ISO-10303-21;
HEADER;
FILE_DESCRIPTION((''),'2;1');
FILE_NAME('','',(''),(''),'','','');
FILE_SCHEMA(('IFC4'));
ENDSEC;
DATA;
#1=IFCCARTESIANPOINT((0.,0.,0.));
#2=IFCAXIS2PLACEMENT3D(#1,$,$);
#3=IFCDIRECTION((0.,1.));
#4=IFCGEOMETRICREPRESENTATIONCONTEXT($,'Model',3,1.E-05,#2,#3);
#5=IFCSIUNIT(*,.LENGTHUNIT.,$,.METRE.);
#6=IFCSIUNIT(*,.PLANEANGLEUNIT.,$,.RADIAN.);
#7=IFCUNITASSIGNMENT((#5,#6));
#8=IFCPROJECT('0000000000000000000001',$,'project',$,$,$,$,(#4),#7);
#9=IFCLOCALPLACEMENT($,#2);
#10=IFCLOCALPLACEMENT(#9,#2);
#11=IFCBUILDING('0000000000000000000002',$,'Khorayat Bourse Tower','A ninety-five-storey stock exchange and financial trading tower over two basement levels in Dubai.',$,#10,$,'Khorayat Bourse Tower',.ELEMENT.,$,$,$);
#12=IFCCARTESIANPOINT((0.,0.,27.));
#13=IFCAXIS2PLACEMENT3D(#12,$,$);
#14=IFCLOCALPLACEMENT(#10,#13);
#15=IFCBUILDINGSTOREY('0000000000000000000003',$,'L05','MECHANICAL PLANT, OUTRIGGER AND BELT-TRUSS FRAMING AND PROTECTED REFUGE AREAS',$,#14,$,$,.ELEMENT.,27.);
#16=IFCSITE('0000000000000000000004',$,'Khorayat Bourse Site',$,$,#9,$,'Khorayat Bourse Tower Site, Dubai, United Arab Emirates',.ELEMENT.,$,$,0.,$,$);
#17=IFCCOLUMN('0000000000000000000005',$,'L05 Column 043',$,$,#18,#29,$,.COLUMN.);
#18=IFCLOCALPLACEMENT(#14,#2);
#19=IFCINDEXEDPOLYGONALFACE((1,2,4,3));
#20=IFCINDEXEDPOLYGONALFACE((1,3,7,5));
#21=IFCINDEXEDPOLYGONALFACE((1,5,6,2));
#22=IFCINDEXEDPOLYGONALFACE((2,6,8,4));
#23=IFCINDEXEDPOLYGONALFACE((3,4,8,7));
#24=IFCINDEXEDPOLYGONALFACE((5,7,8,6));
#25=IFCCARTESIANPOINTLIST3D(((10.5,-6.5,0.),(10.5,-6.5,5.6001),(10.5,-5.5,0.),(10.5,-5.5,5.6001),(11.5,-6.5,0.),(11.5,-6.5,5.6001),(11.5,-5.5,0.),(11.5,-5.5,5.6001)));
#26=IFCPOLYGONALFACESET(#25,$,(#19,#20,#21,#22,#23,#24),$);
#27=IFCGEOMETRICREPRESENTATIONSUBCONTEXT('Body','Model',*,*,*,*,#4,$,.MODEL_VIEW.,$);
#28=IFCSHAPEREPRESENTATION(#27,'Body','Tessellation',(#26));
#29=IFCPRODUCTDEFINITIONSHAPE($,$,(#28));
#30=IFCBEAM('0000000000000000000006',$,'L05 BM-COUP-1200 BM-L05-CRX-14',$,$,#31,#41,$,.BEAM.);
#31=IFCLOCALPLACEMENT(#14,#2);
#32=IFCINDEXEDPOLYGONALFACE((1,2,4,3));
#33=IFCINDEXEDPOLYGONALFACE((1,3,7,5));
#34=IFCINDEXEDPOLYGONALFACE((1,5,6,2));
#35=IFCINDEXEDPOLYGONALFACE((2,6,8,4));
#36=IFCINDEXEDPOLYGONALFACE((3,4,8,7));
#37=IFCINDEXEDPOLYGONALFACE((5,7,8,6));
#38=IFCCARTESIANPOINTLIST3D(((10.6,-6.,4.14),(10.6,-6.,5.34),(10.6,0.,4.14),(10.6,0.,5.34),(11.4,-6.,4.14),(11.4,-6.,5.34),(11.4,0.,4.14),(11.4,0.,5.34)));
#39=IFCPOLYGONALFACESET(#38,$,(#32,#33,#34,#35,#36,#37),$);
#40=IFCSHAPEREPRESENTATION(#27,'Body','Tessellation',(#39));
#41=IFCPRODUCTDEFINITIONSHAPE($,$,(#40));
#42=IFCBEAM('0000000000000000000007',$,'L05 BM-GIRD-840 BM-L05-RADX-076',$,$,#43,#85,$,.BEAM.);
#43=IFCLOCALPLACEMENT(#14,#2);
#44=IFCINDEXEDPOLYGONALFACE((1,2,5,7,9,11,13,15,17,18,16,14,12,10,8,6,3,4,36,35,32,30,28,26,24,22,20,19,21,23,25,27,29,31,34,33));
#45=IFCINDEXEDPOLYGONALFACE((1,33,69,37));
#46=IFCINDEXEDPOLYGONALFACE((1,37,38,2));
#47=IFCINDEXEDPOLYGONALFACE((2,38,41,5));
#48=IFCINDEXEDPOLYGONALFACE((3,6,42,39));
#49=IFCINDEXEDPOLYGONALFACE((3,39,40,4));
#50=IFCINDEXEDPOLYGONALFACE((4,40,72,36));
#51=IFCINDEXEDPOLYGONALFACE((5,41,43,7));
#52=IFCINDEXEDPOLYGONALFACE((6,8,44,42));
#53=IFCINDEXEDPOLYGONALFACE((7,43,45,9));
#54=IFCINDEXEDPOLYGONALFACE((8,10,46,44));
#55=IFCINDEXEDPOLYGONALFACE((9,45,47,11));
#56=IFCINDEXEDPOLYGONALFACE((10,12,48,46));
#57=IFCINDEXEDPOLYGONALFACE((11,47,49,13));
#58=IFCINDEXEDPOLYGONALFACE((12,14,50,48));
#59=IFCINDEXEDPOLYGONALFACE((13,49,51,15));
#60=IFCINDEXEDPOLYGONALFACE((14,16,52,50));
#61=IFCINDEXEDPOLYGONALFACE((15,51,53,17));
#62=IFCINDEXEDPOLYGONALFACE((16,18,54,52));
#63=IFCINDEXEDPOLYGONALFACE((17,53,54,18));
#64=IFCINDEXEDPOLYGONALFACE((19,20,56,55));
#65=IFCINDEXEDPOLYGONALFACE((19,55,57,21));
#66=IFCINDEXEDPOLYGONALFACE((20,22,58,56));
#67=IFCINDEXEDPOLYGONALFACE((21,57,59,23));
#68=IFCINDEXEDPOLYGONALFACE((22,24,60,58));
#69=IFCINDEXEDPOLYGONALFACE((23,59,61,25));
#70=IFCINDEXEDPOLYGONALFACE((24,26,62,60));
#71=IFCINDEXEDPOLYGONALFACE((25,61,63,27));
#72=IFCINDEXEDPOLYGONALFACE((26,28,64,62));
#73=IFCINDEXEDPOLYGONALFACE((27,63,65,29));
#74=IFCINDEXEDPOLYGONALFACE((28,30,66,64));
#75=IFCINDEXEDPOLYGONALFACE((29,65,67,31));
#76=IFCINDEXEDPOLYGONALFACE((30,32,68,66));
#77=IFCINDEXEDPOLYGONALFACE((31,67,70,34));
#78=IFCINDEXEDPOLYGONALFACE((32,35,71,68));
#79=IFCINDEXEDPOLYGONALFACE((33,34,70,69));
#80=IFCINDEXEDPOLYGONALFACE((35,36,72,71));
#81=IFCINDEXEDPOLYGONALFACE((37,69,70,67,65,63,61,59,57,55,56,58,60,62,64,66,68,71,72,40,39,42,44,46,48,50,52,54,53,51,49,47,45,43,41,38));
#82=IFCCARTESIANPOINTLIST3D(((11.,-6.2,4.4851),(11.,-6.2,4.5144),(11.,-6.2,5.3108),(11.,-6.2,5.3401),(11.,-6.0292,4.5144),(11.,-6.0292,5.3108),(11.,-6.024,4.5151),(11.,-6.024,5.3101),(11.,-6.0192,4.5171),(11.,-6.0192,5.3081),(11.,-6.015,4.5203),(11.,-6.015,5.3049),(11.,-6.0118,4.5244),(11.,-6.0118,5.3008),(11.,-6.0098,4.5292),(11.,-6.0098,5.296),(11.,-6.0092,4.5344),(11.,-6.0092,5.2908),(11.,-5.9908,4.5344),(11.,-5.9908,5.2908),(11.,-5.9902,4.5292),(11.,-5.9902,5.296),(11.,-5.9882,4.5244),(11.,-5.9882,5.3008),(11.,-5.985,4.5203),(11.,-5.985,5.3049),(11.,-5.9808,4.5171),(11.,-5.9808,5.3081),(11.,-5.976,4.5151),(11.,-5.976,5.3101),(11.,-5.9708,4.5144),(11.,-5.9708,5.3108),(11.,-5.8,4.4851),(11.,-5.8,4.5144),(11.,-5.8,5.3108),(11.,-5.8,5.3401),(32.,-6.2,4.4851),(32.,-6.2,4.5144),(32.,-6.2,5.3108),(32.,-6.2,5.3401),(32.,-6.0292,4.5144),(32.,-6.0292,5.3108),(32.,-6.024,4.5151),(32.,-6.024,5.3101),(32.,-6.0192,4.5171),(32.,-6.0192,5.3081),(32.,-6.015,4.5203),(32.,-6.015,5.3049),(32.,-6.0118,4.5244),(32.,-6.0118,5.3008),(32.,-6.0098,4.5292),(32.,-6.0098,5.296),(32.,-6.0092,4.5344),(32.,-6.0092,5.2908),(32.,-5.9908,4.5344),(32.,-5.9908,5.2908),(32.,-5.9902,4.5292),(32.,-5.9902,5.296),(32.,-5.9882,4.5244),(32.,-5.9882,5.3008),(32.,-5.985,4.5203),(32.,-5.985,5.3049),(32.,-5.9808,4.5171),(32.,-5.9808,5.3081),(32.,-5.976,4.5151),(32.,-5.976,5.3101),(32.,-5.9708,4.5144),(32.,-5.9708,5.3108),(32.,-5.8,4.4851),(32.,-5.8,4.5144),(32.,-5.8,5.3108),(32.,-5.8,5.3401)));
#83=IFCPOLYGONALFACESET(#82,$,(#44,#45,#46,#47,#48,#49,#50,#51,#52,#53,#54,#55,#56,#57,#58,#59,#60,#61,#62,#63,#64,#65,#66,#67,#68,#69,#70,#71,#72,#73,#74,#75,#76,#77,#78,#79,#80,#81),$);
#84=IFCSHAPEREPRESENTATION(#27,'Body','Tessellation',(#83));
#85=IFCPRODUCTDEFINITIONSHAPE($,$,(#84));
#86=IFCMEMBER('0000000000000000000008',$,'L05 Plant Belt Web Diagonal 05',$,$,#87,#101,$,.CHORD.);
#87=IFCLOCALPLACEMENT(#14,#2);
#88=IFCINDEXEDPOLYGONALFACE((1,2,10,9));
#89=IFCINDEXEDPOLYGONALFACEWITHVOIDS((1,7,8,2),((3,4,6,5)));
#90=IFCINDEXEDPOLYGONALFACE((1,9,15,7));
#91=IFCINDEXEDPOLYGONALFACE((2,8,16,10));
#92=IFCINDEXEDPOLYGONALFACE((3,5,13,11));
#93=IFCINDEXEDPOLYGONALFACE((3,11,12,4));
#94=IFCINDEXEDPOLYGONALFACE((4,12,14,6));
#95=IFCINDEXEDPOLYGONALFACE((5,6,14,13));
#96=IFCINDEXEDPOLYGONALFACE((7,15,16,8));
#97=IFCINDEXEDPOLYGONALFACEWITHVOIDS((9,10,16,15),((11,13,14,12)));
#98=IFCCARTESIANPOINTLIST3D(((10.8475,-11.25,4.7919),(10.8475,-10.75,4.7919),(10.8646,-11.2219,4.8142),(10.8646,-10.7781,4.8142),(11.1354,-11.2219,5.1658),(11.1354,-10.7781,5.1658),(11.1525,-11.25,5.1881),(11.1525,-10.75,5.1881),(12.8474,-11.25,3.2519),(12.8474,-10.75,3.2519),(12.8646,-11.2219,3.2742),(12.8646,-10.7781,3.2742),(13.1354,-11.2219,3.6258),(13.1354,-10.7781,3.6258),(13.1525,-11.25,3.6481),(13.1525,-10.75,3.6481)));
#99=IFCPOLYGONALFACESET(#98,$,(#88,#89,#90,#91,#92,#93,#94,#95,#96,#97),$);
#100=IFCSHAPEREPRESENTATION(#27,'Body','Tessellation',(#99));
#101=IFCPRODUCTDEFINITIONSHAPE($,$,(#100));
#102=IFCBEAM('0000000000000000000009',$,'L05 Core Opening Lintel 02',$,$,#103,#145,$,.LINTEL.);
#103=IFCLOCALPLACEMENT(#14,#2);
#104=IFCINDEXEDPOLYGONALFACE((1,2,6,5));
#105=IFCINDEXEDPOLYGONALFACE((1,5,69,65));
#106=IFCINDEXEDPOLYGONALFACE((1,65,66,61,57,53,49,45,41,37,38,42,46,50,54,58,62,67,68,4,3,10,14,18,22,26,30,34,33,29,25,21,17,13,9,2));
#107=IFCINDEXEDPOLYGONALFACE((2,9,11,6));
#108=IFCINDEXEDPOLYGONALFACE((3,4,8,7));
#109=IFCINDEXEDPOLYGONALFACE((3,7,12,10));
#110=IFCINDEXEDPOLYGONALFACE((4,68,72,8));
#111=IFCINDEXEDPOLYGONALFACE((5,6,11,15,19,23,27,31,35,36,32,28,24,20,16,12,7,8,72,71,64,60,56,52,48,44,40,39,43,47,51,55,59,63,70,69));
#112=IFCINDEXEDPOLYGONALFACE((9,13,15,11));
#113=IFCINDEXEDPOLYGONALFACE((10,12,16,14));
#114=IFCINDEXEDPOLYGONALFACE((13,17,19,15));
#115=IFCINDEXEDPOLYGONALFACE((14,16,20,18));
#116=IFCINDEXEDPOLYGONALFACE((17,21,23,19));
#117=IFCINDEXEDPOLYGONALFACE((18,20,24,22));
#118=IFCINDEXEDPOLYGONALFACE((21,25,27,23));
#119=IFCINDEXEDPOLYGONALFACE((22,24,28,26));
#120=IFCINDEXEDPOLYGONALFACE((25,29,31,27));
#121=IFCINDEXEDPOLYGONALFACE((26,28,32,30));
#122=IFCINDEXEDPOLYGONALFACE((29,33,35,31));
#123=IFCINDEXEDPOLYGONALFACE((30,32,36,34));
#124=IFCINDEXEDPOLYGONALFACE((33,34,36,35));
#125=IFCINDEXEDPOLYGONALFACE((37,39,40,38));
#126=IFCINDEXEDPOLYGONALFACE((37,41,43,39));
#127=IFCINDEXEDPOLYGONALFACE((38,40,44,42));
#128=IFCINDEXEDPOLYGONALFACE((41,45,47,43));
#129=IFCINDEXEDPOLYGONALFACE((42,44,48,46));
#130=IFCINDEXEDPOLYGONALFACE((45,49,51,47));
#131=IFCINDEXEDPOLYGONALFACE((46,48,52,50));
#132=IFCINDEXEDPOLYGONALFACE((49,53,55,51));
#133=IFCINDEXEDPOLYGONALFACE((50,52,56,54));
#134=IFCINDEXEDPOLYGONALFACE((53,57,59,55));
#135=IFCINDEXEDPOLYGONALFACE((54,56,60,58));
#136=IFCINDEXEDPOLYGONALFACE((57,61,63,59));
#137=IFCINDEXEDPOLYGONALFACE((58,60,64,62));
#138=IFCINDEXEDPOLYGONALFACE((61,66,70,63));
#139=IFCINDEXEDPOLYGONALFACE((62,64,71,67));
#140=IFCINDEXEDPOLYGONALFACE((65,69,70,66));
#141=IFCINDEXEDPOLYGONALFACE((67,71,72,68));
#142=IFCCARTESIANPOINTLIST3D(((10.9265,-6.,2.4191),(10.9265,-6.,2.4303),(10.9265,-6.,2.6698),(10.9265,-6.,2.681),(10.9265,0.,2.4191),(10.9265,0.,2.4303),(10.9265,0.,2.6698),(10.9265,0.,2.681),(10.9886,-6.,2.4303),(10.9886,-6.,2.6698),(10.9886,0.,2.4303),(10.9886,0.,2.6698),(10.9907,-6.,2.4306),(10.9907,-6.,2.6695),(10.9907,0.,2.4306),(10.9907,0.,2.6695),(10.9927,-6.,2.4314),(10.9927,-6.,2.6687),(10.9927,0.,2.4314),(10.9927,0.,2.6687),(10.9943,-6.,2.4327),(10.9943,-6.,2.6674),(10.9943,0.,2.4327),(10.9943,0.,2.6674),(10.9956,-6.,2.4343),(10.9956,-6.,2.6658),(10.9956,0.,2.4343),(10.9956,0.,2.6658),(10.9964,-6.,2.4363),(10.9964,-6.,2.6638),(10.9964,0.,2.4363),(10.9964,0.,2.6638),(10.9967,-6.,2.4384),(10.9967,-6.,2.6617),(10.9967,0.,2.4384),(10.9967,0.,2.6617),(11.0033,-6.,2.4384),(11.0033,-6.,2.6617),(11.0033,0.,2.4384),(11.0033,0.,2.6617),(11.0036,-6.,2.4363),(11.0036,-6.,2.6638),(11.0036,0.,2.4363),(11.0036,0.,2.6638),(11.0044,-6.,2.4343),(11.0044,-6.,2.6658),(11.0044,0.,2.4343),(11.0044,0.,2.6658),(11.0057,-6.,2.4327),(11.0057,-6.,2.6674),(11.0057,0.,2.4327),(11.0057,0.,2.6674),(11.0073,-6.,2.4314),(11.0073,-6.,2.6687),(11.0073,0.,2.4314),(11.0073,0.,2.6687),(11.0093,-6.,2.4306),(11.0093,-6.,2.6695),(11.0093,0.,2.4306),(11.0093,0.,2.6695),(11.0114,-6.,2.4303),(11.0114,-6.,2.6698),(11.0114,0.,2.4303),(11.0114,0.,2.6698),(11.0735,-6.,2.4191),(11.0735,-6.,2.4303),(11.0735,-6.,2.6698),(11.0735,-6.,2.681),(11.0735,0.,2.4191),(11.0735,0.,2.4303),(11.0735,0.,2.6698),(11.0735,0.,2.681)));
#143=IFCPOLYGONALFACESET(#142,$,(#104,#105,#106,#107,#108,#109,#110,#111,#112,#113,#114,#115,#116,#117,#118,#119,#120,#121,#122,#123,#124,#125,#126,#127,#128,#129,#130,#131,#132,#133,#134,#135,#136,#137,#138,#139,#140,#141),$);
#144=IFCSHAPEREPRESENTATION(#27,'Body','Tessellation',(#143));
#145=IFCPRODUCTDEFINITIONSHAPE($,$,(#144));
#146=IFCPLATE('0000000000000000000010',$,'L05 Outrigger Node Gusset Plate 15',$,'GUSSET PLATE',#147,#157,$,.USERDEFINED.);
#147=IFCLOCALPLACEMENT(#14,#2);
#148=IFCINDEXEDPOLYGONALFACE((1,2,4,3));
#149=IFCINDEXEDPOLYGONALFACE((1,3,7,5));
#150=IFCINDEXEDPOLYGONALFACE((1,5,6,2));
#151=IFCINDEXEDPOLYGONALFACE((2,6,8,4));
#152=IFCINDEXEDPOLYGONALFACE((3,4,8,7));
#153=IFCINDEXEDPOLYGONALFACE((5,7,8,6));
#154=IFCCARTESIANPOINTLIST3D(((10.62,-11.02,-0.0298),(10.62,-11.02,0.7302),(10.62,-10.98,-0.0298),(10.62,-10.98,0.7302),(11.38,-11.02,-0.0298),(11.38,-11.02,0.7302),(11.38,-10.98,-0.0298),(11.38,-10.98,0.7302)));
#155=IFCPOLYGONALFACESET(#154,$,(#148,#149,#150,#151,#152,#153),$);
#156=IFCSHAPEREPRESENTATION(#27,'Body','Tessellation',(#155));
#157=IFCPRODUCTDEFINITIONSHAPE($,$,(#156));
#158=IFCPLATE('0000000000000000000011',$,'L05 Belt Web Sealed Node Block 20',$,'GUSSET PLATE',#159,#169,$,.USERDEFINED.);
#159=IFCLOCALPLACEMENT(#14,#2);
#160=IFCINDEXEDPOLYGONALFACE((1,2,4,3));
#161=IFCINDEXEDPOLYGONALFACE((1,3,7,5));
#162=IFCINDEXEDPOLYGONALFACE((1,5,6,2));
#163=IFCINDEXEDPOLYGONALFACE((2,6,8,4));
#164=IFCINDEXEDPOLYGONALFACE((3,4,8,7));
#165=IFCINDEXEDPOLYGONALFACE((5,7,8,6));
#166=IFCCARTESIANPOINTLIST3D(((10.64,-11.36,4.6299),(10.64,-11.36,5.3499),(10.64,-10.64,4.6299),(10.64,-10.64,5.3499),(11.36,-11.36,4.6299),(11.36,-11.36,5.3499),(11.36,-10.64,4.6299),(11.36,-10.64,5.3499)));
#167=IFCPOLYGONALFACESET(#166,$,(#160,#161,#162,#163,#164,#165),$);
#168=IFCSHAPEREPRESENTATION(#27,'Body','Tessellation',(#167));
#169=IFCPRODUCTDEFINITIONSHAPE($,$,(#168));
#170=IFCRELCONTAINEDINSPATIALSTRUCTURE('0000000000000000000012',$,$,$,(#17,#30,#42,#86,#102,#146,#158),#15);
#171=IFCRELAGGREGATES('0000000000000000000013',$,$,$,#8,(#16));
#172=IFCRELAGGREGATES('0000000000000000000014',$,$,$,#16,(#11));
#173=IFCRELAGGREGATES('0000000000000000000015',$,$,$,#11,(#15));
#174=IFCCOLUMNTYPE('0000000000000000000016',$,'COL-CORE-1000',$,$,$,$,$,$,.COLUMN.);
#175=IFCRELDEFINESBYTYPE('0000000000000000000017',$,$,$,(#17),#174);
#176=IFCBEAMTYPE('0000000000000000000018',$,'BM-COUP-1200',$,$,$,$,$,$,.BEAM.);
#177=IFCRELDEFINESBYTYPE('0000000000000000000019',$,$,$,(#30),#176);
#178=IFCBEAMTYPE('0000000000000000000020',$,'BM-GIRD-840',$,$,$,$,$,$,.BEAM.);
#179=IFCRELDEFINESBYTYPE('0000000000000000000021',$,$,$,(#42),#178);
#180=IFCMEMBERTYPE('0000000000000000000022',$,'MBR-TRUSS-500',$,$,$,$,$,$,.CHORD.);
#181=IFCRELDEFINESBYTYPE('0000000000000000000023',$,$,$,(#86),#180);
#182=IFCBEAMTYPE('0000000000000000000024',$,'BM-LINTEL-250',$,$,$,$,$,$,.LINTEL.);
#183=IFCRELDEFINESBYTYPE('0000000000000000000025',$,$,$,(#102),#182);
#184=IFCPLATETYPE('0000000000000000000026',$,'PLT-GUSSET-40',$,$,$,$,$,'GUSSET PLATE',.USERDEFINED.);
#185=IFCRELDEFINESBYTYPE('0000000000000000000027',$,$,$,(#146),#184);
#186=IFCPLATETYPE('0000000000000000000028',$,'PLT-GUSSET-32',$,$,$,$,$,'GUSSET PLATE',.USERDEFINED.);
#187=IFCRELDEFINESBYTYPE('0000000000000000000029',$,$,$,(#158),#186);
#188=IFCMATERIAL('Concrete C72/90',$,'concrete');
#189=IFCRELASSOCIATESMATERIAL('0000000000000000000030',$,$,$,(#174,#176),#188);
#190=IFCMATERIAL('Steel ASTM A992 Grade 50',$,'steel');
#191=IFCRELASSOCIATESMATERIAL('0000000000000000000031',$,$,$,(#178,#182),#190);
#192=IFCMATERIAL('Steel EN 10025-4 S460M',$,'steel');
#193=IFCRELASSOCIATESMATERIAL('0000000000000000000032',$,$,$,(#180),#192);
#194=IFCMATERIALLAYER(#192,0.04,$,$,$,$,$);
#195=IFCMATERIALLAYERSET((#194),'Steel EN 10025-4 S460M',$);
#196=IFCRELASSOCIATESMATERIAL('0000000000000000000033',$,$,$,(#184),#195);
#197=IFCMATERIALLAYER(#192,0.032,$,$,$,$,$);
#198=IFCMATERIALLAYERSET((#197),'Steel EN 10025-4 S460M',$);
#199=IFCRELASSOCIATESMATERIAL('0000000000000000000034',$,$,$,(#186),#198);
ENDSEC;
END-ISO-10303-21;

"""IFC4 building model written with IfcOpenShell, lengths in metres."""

from ifc_helpers import new_model, si_unit, direction, frame, origin, origin_2d, place, context, subcontext, project, spatial, rectangle, hollow_rectangle, i_section, extrude, source, transform, mapped, material, layer, layer_set, material_profile, profile_set, type_object, element, save


model = new_model("IFC4")

# Units and contexts
model_context = context("Model", 3, precision=1e-05, world=origin(), true_north=direction((0.0, 1.0)))
body_context = subcontext(model_context, "Body", "Model", "MODEL_VIEW")
ifc_project = project(units=[si_unit("LENGTHUNIT", "METRE"), si_unit("PLANEANGLEUNIT", "RADIAN")], contexts=[model_context])

# Site, building, storey
site_placement = place(None, origin())
site = spatial("IfcSite", under=ifc_project, at=site_placement, Name="Khorayat Bourse Site", LongName="Khorayat Bourse Tower Site, Dubai, United Arab Emirates", CompositionType="ELEMENT", RefElevation=0.0)
building_placement = place(site_placement, origin())
building = spatial("IfcBuilding", under=site, at=building_placement, Name="Khorayat Bourse Tower", Description="A ninety-five-storey stock exchange and financial trading tower over two basement levels in Dubai.", LongName="Khorayat Bourse Tower", CompositionType="ELEMENT")
storey_placement = place(building_placement, frame((0.0, 0.0, 27.0)))
storey = spatial("IfcBuildingStorey", under=building, at=storey_placement, Name="L05", Description="MECHANICAL PLANT, OUTRIGGER AND BELT-TRUSS FRAMING AND PROTECTED REFUGE AREAS", CompositionType="ELEMENT", Elevation=27.0)

# Column
ifc_material_1 = material(Name="Concrete C72/90", Category="concrete")
ifc_material_profile_1 = material_profile(ifc_material_1, rectangle(XDim=1.0, YDim=1.0, at=origin_2d()), Name="RC 1000x1000")
ifc_profile_set_1 = profile_set([ifc_material_profile_1], Name="Concrete C72/90")
column_type = type_object("IfcColumnType", Name="COL-CORE-1000", PredefinedType="COLUMN", material=ifc_profile_set_1)
shared_shape_1 = source(origin(), body_context, "Body", "SweptSolid", [
    extrude(rectangle(XDim=1.0, YDim=1.0, at=origin_2d()), origin(), (0.0, 0.0, 1.0), 5.6001),
])
column_placement = place(storey_placement, frame((11.0, -6.0, 0.0), z_axis=(0.0, 0.0, 1.0), x_axis=(1.0, 0.0, 0.0)))
element("IfcColumn", 1, at=column_placement, inside=storey, type_object=column_type, Name="L05 Column 043", PredefinedType="COLUMN", context=body_context, shape_type="MappedRepresentation", body=[
    mapped(shared_shape_1, transform((0.0, 0.0, 0.0), scale=1.0)),
])

# Beams
ifc_material_profile_2 = material_profile(ifc_material_1, rectangle(XDim=0.8, YDim=1.2, at=origin_2d()), Name="RC 800x1200")
ifc_profile_set_2 = profile_set([ifc_material_profile_2], Name="Concrete C72/90")
beam_type_1 = type_object("IfcBeamType", Name="BM-COUP-1200", PredefinedType="BEAM", material=ifc_profile_set_2)
shared_shape_2 = source(origin(), body_context, "Body", "SweptSolid", [
    extrude(rectangle(XDim=0.8, YDim=1.2, at=origin_2d()), origin(), (0.0, 0.0, 1.0), 6.0),
])
beam_1_placement = place(storey_placement, frame((11.0, -6.0, 4.74), z_axis=(0.0, 1.0, 0.0), x_axis=(-1.0, 0.0, 0.0)))
element("IfcBeam", 2, at=beam_1_placement, inside=storey, type_object=beam_type_1, Name="L05 BM-COUP-1200 BM-L05-CRX-14", PredefinedType="BEAM", context=body_context, shape_type="MappedRepresentation", body=[
    mapped(shared_shape_2, transform((0.0, 0.0, 0.0), scale=1.0)),
])
ifc_material_2 = material(Name="Steel ASTM A992 Grade 50", Category="steel")
ifc_material_profile_3 = material_profile(ifc_material_2, i_section(OverallWidth=0.3999, OverallDepth=0.855, WebThickness=0.0183, FlangeThickness=0.0293, FilletRadius=0.02, at=origin_2d()), Name="W840X299")
ifc_profile_set_3 = profile_set([ifc_material_profile_3], Name="Steel ASTM A992 Grade 50")
beam_type_2 = type_object("IfcBeamType", Name="BM-GIRD-840", PredefinedType="BEAM", material=ifc_profile_set_3)
shared_shape_3 = source(origin(), body_context, "Body", "SweptSolid", [
    extrude(i_section(OverallWidth=0.3999, OverallDepth=0.855, WebThickness=0.0183, FlangeThickness=0.0293, FilletRadius=0.02, at=origin_2d()), origin(), (0.0, 0.0, 1.0), 21.0),
])
beam_2_placement = place(storey_placement, frame((11.0, -6.0, 4.9126), z_axis=(1.0, 0.0, 0.0), x_axis=(0.0, 1.0, 0.0)))
element("IfcBeam", 3, at=beam_2_placement, inside=storey, type_object=beam_type_2, Name="L05 BM-GIRD-840 BM-L05-RADX-076", PredefinedType="BEAM", context=body_context, shape_type="MappedRepresentation", body=[
    mapped(shared_shape_3, transform((0.0, 0.0, 0.0), scale=1.0)),
])

# Member
ifc_material_3 = material(Name="Steel EN 10025-4 S460M", Category="steel")
ifc_material_profile_4 = material_profile(ifc_material_3, hollow_rectangle(XDim=0.5, YDim=0.5, WallThickness=0.0281, at=origin_2d()), Name="HSS 500x500x28")
ifc_profile_set_4 = profile_set([ifc_material_profile_4], Name="Steel EN 10025-4 S460M")
member_type = type_object("IfcMemberType", Name="MBR-TRUSS-500", PredefinedType="CHORD", material=ifc_profile_set_4)
shared_shape_4 = source(origin(), body_context, "Body", "SweptSolid", [
    extrude(hollow_rectangle(XDim=0.5, YDim=0.5, WallThickness=0.0281, at=origin_2d()), origin(), (0.0, 0.0, 1.0), 2.5242),
])
member_placement = place(storey_placement, frame((11.0, -11.0, 4.99), z_axis=(0.792322, 0.0, -0.610103), x_axis=(0.0, 1.0, 0.0)))
element("IfcMember", 4, at=member_placement, inside=storey, type_object=member_type, Name="L05 Plant Belt Web Diagonal 05", PredefinedType="CHORD", context=body_context, shape_type="MappedRepresentation", body=[
    mapped(shared_shape_4, transform((0.0, 0.0, 0.0), scale=1.0)),
])

# Beam
ifc_material_profile_5 = material_profile(ifc_material_2, i_section(OverallWidth=0.147, OverallDepth=0.262, WebThickness=0.0066, FlangeThickness=0.0112, FilletRadius=0.0081, at=origin_2d()), Name="W250X39")
ifc_profile_set_5 = profile_set([ifc_material_profile_5], Name="Steel ASTM A992 Grade 50")
beam_type_3 = type_object("IfcBeamType", Name="BM-LINTEL-250", PredefinedType="LINTEL", material=ifc_profile_set_5)
shared_shape_5 = source(origin(), body_context, "Body", "SweptSolid", [
    extrude(i_section(OverallWidth=0.147, OverallDepth=0.262, WebThickness=0.0066, FlangeThickness=0.0112, FilletRadius=0.0081, at=origin_2d()), origin(), (0.0, 0.0, 1.0), 6.0),
])
beam_3_placement = place(storey_placement, frame((11.0, -6.0, 2.55), z_axis=(0.0, 1.0, 0.0), x_axis=(-1.0, 0.0, 0.0)))
element("IfcBeam", 5, at=beam_3_placement, inside=storey, type_object=beam_type_3, Name="L05 Core Opening Lintel 02", PredefinedType="LINTEL", context=body_context, shape_type="MappedRepresentation", body=[
    mapped(shared_shape_5, transform((0.0, 0.0, 0.0), scale=1.0)),
])

# Plates
ifc_layer_1 = layer(ifc_material_3, 0.04)
ifc_layer_set_1 = layer_set([ifc_layer_1], Name="Steel EN 10025-4 S460M")
plate_type_1 = type_object("IfcPlateType", Name="PLT-GUSSET-40", ElementType="GUSSET PLATE", PredefinedType="USERDEFINED", material=ifc_layer_set_1)
shared_shape_6 = source(origin(), body_context, "Body", "SweptSolid", [
    extrude(rectangle(XDim=0.76, YDim=0.04, at=origin_2d()), origin(), (0.0, 0.0, 1.0), 0.76),
])
plate_1_placement = place(storey_placement, frame((11.0, -11.0, -0.0298), z_axis=(0.0, 0.0, 1.0), x_axis=(1.0, 0.0, 0.0)))
element("IfcPlate", 6, at=plate_1_placement, inside=storey, type_object=plate_type_1, Name="L05 Outrigger Node Gusset Plate 15", ObjectType="GUSSET PLATE", PredefinedType="USERDEFINED", context=body_context, shape_type="MappedRepresentation", body=[
    mapped(shared_shape_6, transform((0.0, 0.0, 0.0), scale=1.0)),
])
ifc_layer_2 = layer(ifc_material_3, 0.032)
ifc_layer_set_2 = layer_set([ifc_layer_2], Name="Steel EN 10025-4 S460M")
plate_type_2 = type_object("IfcPlateType", Name="PLT-GUSSET-32", ElementType="GUSSET PLATE", PredefinedType="USERDEFINED", material=ifc_layer_set_2)
shared_shape_7 = source(origin(), body_context, "Body", "SweptSolid", [
    extrude(rectangle(XDim=0.72, YDim=0.72, at=origin_2d()), origin(), (0.0, 0.0, 1.0), 0.72),
])
plate_2_placement = place(storey_placement, frame((11.0, -11.0, 4.6299), z_axis=(0.0, 0.0, 1.0), x_axis=(1.0, 0.0, 0.0)))
element("IfcPlate", 7, at=plate_2_placement, inside=storey, type_object=plate_type_2, Name="L05 Belt Web Sealed Node Block 20", ObjectType="GUSSET PLATE", PredefinedType="USERDEFINED", context=body_context, shape_type="MappedRepresentation", body=[
    mapped(shared_shape_7, transform((0.0, 0.0, 0.0), scale=1.0)),
])

save(model, "model.ifc")
